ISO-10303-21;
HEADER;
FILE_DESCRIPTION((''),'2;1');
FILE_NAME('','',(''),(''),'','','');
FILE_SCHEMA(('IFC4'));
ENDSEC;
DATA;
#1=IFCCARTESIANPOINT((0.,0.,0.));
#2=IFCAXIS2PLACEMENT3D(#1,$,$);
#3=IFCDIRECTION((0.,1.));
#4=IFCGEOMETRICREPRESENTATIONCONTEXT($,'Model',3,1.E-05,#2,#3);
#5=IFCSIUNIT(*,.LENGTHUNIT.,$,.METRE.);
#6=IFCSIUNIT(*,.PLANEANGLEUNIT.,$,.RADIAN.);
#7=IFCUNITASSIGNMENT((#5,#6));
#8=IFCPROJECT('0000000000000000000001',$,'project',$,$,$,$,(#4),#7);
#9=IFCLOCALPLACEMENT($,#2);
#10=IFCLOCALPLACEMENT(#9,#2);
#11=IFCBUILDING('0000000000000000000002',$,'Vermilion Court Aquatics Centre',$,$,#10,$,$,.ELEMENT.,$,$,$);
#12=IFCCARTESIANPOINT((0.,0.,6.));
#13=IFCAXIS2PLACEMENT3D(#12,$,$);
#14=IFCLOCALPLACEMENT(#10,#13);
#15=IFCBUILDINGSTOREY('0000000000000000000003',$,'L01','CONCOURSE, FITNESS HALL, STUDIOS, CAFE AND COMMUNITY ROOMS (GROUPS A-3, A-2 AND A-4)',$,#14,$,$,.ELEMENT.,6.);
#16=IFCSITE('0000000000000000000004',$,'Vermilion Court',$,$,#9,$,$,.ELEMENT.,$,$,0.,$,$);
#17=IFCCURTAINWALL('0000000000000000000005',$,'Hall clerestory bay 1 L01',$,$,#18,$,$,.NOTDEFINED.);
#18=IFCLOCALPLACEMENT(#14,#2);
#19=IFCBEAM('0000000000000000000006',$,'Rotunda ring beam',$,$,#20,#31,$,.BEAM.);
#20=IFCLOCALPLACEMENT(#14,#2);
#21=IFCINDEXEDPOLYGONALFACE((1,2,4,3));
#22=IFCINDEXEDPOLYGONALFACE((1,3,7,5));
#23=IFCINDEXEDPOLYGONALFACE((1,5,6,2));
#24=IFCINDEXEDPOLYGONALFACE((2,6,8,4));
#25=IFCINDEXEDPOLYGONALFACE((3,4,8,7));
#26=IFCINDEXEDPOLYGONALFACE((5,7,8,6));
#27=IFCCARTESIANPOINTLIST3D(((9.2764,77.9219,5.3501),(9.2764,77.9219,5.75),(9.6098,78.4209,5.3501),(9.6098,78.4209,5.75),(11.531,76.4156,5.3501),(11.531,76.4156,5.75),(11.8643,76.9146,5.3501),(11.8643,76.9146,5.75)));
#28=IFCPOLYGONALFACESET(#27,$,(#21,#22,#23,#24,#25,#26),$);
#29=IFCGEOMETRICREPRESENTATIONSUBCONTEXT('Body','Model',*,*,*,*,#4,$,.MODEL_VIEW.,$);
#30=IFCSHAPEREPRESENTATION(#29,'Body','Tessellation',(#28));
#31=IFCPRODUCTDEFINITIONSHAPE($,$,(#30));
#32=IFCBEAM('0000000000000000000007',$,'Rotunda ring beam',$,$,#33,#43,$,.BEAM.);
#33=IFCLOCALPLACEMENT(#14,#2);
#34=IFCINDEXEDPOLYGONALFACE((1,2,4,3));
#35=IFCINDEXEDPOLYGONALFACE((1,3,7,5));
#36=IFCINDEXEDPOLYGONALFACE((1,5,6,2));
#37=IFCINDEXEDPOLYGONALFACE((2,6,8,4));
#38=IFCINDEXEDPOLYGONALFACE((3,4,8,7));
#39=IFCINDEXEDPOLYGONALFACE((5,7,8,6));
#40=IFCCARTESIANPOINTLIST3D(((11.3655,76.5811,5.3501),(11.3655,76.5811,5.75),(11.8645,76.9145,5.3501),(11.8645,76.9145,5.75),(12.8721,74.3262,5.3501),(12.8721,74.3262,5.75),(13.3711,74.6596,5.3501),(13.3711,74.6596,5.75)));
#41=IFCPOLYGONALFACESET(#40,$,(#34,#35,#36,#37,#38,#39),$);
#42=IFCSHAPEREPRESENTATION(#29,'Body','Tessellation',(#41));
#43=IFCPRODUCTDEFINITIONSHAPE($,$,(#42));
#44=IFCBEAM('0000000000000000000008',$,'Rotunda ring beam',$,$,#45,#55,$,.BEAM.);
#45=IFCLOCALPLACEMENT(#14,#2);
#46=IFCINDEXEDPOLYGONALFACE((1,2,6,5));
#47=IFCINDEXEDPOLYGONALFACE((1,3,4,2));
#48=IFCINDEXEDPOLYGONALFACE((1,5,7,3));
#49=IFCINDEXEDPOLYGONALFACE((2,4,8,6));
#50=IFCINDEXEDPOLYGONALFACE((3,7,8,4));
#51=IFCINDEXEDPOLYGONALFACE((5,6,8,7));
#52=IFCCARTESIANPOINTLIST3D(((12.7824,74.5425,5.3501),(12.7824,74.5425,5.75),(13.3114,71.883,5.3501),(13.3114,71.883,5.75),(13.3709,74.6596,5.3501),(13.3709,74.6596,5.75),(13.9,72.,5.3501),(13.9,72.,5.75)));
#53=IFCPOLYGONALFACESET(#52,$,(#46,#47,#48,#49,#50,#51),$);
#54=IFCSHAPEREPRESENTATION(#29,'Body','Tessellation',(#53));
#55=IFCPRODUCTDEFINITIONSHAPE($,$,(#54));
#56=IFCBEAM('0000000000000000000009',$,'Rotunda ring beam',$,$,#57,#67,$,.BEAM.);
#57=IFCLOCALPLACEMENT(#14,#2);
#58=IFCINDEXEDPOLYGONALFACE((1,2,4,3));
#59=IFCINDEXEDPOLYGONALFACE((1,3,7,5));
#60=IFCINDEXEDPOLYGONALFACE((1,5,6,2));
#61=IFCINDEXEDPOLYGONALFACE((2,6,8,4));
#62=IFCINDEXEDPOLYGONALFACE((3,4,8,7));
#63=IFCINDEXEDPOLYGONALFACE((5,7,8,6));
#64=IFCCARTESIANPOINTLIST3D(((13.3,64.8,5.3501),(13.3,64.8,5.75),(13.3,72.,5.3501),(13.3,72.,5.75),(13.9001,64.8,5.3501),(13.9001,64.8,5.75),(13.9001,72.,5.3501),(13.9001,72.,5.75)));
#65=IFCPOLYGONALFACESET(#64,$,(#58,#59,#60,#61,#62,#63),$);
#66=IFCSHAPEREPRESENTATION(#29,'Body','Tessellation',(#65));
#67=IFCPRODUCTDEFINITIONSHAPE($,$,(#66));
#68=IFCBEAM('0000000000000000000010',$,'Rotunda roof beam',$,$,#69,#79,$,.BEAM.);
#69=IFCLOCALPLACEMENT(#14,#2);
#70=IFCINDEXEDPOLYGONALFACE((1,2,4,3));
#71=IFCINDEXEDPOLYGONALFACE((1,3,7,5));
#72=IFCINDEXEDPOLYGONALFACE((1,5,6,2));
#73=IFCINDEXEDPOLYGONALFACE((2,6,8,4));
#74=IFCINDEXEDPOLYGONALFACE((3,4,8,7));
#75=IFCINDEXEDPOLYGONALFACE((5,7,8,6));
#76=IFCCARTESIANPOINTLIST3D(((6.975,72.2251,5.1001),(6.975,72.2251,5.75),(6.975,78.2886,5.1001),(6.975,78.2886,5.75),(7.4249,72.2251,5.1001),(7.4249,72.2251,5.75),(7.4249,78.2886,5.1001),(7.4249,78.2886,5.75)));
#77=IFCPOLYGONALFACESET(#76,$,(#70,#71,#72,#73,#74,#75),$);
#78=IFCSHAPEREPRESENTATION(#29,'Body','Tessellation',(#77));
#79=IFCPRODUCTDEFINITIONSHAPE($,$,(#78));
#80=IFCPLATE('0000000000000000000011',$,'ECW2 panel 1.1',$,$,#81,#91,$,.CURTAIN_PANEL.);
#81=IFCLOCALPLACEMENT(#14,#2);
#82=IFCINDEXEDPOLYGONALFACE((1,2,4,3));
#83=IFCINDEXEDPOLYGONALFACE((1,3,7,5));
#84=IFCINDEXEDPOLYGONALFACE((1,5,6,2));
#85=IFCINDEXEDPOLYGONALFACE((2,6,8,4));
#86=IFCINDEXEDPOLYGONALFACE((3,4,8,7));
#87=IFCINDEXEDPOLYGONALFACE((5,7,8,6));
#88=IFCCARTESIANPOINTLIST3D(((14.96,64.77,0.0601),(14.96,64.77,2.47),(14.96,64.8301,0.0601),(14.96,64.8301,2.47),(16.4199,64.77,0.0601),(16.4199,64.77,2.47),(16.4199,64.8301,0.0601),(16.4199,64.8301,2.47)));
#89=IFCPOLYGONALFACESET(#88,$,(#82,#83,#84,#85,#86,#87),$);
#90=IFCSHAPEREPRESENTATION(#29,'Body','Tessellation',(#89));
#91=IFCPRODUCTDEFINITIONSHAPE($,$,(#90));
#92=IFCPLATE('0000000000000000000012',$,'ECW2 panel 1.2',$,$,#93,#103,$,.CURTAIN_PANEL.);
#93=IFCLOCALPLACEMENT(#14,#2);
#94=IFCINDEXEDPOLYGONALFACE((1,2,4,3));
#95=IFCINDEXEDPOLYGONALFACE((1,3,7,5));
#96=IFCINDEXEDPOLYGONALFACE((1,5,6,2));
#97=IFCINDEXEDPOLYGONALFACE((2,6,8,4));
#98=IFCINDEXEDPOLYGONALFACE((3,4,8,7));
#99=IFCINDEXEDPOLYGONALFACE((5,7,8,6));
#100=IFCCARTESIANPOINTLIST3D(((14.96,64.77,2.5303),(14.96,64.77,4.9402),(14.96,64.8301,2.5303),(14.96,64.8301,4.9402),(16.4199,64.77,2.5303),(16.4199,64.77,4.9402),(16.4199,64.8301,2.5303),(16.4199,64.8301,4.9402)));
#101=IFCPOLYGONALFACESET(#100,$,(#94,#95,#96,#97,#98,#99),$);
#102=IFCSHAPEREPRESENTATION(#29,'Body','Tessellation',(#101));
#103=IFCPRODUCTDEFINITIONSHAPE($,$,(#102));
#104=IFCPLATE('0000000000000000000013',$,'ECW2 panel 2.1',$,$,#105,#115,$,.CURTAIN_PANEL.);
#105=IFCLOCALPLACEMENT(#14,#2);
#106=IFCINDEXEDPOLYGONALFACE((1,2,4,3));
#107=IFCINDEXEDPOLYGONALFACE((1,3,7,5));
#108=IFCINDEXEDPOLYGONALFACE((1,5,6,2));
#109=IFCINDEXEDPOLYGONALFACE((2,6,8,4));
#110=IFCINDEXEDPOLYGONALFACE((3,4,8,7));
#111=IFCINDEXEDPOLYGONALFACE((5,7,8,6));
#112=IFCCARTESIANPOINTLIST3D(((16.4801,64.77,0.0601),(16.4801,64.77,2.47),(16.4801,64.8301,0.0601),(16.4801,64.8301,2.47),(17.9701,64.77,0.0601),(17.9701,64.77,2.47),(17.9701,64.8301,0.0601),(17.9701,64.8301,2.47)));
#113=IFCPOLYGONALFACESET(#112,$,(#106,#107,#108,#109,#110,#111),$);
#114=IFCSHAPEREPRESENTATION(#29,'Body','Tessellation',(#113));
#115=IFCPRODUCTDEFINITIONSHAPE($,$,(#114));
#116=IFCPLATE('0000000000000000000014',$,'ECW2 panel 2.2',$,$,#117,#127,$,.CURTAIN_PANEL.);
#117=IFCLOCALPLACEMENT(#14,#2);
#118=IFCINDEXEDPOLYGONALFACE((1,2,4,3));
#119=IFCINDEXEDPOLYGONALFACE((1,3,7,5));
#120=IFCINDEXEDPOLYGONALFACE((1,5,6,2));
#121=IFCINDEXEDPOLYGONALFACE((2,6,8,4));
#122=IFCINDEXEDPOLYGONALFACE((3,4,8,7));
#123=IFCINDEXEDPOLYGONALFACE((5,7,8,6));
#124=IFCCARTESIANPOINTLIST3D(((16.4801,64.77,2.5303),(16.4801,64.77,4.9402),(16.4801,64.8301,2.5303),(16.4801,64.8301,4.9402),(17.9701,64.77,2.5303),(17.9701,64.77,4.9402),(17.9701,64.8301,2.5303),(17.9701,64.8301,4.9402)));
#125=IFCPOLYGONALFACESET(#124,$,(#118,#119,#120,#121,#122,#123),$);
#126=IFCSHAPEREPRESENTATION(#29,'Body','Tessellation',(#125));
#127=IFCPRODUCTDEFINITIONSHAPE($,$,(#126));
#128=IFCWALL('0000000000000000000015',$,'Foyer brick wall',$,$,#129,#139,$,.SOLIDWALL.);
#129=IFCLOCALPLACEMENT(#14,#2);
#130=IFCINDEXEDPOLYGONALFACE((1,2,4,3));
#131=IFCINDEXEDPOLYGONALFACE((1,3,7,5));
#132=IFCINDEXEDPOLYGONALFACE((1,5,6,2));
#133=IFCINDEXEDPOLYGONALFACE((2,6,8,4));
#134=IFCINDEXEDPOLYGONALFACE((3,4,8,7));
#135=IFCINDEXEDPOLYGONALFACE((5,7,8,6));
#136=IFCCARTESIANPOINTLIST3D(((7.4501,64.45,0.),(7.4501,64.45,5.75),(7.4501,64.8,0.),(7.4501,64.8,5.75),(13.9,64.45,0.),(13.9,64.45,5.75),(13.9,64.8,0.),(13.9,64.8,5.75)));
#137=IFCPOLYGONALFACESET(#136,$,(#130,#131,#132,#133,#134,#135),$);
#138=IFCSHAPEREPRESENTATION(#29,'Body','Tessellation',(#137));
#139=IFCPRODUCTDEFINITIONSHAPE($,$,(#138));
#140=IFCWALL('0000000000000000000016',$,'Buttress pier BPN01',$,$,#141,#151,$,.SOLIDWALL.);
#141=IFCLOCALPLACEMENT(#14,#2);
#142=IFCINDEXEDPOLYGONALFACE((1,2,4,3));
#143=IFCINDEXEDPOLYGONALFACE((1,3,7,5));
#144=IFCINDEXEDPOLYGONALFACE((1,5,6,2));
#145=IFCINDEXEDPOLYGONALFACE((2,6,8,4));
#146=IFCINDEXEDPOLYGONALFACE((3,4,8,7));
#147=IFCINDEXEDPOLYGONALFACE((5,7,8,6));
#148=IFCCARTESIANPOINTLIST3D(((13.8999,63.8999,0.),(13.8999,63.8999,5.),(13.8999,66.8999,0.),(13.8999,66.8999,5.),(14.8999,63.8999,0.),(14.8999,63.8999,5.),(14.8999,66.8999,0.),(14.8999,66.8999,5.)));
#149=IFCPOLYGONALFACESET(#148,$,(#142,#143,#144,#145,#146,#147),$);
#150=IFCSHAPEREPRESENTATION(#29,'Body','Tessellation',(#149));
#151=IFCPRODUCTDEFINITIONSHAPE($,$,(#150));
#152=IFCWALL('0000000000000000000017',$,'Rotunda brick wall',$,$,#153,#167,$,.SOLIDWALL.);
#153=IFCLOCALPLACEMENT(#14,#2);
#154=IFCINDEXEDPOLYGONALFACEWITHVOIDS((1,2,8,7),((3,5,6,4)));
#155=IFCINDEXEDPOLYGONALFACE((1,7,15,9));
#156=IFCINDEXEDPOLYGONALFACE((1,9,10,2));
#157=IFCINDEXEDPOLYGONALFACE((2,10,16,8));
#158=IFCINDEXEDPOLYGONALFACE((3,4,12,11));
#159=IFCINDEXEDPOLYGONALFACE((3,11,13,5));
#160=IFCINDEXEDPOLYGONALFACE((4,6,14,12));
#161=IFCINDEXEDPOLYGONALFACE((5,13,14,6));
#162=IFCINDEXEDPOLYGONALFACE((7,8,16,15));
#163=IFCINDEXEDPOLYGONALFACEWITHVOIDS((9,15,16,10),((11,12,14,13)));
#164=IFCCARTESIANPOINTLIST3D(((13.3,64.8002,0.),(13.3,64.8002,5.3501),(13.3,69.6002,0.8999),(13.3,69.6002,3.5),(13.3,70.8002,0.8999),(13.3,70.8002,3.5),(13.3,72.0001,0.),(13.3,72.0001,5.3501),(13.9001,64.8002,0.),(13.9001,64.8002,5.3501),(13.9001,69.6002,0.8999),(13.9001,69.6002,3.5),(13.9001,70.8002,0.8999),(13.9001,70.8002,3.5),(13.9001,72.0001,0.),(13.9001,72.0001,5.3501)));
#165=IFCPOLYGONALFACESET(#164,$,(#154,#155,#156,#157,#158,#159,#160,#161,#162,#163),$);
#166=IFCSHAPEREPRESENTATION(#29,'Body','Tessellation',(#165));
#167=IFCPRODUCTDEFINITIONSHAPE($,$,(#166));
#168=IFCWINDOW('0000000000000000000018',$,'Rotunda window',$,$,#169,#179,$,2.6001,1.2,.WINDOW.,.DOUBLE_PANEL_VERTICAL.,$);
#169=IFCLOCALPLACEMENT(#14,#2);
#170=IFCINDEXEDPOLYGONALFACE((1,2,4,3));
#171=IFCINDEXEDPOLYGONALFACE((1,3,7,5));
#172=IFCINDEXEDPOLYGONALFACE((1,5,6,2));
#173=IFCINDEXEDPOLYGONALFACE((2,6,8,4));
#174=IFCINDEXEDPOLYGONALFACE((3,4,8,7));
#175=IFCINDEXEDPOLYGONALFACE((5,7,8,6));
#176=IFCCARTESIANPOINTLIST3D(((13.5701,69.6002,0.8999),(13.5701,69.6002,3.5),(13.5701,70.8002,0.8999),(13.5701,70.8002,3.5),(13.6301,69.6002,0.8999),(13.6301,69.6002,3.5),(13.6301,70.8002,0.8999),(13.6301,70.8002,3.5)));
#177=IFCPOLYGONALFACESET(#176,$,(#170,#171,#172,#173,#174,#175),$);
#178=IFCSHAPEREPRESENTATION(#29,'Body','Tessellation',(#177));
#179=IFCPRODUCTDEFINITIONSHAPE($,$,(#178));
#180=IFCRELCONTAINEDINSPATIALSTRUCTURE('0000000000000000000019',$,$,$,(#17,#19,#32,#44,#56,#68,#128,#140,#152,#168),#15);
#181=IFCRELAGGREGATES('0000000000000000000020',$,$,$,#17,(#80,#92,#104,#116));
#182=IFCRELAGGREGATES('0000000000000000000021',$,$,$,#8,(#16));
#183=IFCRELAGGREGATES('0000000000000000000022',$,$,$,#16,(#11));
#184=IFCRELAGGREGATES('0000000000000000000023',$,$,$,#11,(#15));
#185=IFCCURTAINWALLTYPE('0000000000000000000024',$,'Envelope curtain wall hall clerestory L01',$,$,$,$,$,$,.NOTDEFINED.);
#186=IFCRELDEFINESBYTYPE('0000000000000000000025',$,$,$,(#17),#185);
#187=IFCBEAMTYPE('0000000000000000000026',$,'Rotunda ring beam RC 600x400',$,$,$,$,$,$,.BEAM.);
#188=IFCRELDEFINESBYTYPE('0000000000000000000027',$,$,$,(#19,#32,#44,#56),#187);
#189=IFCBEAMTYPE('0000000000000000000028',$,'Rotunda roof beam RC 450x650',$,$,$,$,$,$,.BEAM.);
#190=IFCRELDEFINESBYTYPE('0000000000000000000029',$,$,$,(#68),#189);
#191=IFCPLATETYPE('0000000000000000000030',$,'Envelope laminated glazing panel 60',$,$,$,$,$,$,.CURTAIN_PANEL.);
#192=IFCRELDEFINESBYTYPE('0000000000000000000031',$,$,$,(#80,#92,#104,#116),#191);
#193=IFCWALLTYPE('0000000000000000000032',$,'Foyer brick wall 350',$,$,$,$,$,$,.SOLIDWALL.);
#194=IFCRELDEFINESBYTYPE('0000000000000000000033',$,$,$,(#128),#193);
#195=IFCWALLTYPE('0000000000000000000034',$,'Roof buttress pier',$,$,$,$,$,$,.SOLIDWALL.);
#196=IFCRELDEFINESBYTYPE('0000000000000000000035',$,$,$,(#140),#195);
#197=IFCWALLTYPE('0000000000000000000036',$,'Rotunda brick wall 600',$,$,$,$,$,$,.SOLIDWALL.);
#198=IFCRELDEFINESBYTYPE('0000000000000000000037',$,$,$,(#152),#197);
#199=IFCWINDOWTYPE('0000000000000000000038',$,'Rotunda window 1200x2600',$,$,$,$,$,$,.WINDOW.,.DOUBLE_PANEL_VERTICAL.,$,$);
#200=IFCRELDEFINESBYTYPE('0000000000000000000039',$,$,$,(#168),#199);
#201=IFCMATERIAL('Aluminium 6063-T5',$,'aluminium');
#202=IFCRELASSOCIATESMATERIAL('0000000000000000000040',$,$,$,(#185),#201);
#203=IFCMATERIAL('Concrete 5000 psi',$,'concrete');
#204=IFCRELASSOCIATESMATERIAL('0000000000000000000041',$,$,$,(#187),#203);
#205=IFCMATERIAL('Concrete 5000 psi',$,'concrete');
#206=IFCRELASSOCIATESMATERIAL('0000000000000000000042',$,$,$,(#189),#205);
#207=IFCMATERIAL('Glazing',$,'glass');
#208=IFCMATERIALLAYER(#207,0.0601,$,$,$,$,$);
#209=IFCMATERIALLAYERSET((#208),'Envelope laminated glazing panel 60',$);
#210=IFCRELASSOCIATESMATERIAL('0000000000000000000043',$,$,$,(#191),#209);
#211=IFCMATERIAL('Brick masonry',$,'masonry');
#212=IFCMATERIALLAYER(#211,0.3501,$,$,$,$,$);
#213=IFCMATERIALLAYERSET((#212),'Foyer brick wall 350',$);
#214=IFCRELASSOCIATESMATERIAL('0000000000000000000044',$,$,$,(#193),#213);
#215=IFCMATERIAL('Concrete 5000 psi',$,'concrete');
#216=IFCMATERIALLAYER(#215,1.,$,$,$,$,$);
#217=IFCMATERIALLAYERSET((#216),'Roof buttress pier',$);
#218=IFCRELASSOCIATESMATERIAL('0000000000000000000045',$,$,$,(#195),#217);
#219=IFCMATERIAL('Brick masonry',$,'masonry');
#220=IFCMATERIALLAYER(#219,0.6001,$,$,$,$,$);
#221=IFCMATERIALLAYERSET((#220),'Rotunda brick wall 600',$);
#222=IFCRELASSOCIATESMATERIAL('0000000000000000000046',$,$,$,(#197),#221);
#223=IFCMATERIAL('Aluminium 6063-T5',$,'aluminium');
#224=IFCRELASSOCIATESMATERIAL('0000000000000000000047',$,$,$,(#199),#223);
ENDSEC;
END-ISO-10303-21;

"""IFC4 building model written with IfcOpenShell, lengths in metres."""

from ifc_helpers import new_model, si_unit, direction, frame, frame_2d, origin, origin_2d, place, context, subcontext, project, spatial, rectangle, extrude, material, layer, layer_set, material_profile, profile_set, type_object, element, fill, aggregate, save


model = new_model("IFC4")

# Units and contexts
model_context = context("Model", 3, precision=1e-05, world=origin(), true_north=direction((0.0, 1.0)))
body_context = subcontext(model_context, "Body", "Model", "MODEL_VIEW")
ifc_project = project(units=[si_unit("LENGTHUNIT", "METRE"), si_unit("PLANEANGLEUNIT", "RADIAN")], contexts=[model_context])

# Site, building, storey
site_placement = place(None, origin())
site = spatial("IfcSite", under=ifc_project, at=site_placement, Name="Vermilion Court", CompositionType="ELEMENT", RefElevation=0.0)
building_placement = place(site_placement, origin())
building = spatial("IfcBuilding", under=site, at=building_placement, Name="Vermilion Court Aquatics Centre", CompositionType="ELEMENT")
storey_placement = place(building_placement, frame((0.0, 0.0, 6.0)))
storey = spatial("IfcBuildingStorey", under=building, at=storey_placement, Name="L01", Description="CONCOURSE, FITNESS HALL, STUDIOS, CAFE AND COMMUNITY ROOMS (GROUPS A-3, A-2 AND A-4)", CompositionType="ELEMENT", Elevation=6.0)

# Curtain wall
ifc_material_1 = material(Name="Aluminium 6063-T5", Category="aluminium")
curtain_wall_type = type_object("IfcCurtainWallType", Name="Envelope curtain wall hall clerestory L01", PredefinedType="NOTDEFINED", material=ifc_material_1)
curtain_wall_placement = place(storey_placement, origin())
curtain_wall = element("IfcCurtainWall", 1, at=curtain_wall_placement, inside=storey, type_object=curtain_wall_type, Name="Hall clerestory bay 1 L01", PredefinedType="NOTDEFINED")

# Beams
ifc_material_2 = material(Name="Concrete 5000 psi", Category="concrete")
ifc_material_profile_1 = material_profile(ifc_material_2, rectangle(XDim=0.6001, YDim=0.3999, at=origin_2d()), Name="RC 600x400")
ifc_profile_set_1 = profile_set([ifc_material_profile_1], Name="Concrete 5000 psi")
beam_type_1 = type_object("IfcBeamType", Name="Rotunda ring beam RC 600x400", PredefinedType="BEAM", material=ifc_profile_set_1)
beam_1_placement = place(storey_placement, frame((9.4431, 78.1714, 5.55), z_axis=(0.831496, -0.555531, 0.0), x_axis=(0.555531, 0.831496, 0.0)))
element("IfcBeam", 2, at=beam_1_placement, inside=storey, type_object=beam_type_1, Name="Rotunda ring beam", PredefinedType="BEAM", context=body_context, shape_type="SweptSolid", body=[
    extrude(rectangle(XDim=0.6001, YDim=0.3999, at=origin_2d()), origin(), (0.0, 0.0, 1.0), 2.7114),
])
beam_2_placement = place(storey_placement, frame((11.615, 76.7478, 5.55), z_axis=(0.555552, -0.831482, 0.0), x_axis=(0.831482, 0.555552, 0.0)))
element("IfcBeam", 3, at=beam_2_placement, inside=storey, type_object=beam_type_1, Name="Rotunda ring beam", PredefinedType="BEAM", context=body_context, shape_type="SweptSolid", body=[
    extrude(rectangle(XDim=0.6001, YDim=0.3999, at=origin_2d()), origin(), (0.0, 0.0, 1.0), 2.7119),
])
beam_3_placement = place(storey_placement, frame((13.0767, 74.6011, 5.55), z_axis=(0.195095, -0.980784, 0.0), x_axis=(0.980784, 0.195095, 0.0)))
element("IfcBeam", 4, at=beam_3_placement, inside=storey, type_object=beam_type_1, Name="Rotunda ring beam", PredefinedType="BEAM", context=body_context, shape_type="SweptSolid", body=[
    extrude(rectangle(XDim=0.6001, YDim=0.3999, at=origin_2d()), origin(), (0.0, 0.0, 1.0), 2.7117),
])
beam_4_placement = place(storey_placement, frame((13.6001, 64.8, 5.55), z_axis=(0.0, 1.0, 0.0), x_axis=(-1.0, 0.0, 0.0)))
element("IfcBeam", 5, at=beam_4_placement, inside=storey, type_object=beam_type_1, Name="Rotunda ring beam", PredefinedType="BEAM", context=body_context, shape_type="SweptSolid", body=[
    extrude(rectangle(XDim=0.6001, YDim=0.3999, at=origin_2d()), origin(), (0.0, 0.0, 1.0), 7.2),
])
ifc_material_3 = material(Name="Concrete 5000 psi", Category="concrete")
ifc_material_profile_2 = material_profile(ifc_material_3, rectangle(XDim=0.45, YDim=0.6499, at=origin_2d()), Name="RC 450x650")
ifc_profile_set_2 = profile_set([ifc_material_profile_2], Name="Concrete 5000 psi")
beam_type_2 = type_object("IfcBeamType", Name="Rotunda roof beam RC 450x650", PredefinedType="BEAM", material=ifc_profile_set_2)
beam_5_placement = place(storey_placement, frame((7.2, 72.2251, 5.425), z_axis=(0.0, 1.0, 0.0), x_axis=(-1.0, 0.0, 0.0)))
element("IfcBeam", 6, at=beam_5_placement, inside=storey, type_object=beam_type_2, Name="Rotunda roof beam", PredefinedType="BEAM", context=body_context, shape_type="SweptSolid", body=[
    extrude(rectangle(XDim=0.45, YDim=0.6499, at=origin_2d()), origin(), (0.0, 0.0, 1.0), 6.0635),
])

# Plates
ifc_material_4 = material(Name="Glazing", Category="glass")
ifc_layer_1 = layer(ifc_material_4, 0.0601)
ifc_layer_set_1 = layer_set([ifc_layer_1], Name="Envelope laminated glazing panel 60")
plate_type = type_object("IfcPlateType", Name="Envelope laminated glazing panel 60", PredefinedType="CURTAIN_PANEL", material=ifc_layer_set_1)
plate_1_placement = place(storey_placement, frame((15.6899, 64.8, 0.0601), z_axis=(0.0, 0.0, 1.0), x_axis=(1.0, 0.0, 0.0)))
plate_1 = element("IfcPlate", 7, at=plate_1_placement, type_object=plate_type, Name="ECW2 panel 1.1", PredefinedType="CURTAIN_PANEL", context=body_context, shape_type="SweptSolid", body=[
    extrude(rectangle(XDim=1.46, YDim=0.0601, at=origin_2d()), origin(), (0.0, 0.0, 1.0), 2.4099),
])
plate_2_placement = place(storey_placement, frame((15.6899, 64.8, 2.5303), z_axis=(0.0, 0.0, 1.0), x_axis=(1.0, 0.0, 0.0)))
plate_2 = element("IfcPlate", 8, at=plate_2_placement, type_object=plate_type, Name="ECW2 panel 1.2", PredefinedType="CURTAIN_PANEL", context=body_context, shape_type="SweptSolid", body=[
    extrude(rectangle(XDim=1.46, YDim=0.0601, at=origin_2d()), origin(), (0.0, 0.0, 1.0), 2.4099),
])
plate_3_placement = place(storey_placement, frame((17.2251, 64.8, 0.0601), z_axis=(0.0, 0.0, 1.0), x_axis=(1.0, 0.0, 0.0)))
plate_3 = element("IfcPlate", 9, at=plate_3_placement, type_object=plate_type, Name="ECW2 panel 2.1", PredefinedType="CURTAIN_PANEL", context=body_context, shape_type="SweptSolid", body=[
    extrude(rectangle(XDim=1.49, YDim=0.0601, at=origin_2d()), origin(), (0.0, 0.0, 1.0), 2.4099),
])
plate_4_placement = place(storey_placement, frame((17.2251, 64.8, 2.5303), z_axis=(0.0, 0.0, 1.0), x_axis=(1.0, 0.0, 0.0)))
plate_4 = element("IfcPlate", 10, at=plate_4_placement, type_object=plate_type, Name="ECW2 panel 2.2", PredefinedType="CURTAIN_PANEL", context=body_context, shape_type="SweptSolid", body=[
    extrude(rectangle(XDim=1.49, YDim=0.0601, at=origin_2d()), origin(), (0.0, 0.0, 1.0), 2.4099),
])
aggregate(curtain_wall, [plate_1, plate_2, plate_3, plate_4])

# Walls
ifc_material_5 = material(Name="Brick masonry", Category="masonry")
ifc_layer_2 = layer(ifc_material_5, 0.3501)
ifc_layer_set_2 = layer_set([ifc_layer_2], Name="Foyer brick wall 350")
wall_type_1 = type_object("IfcWallType", Name="Foyer brick wall 350", PredefinedType="SOLIDWALL", material=ifc_layer_set_2)
wall_1_placement = place(storey_placement, frame((7.45, 64.625, 0.0), z_axis=(0.0, 0.0, 1.0), x_axis=(1.0, 0.0, 0.0)))
element("IfcWall", 11, at=wall_1_placement, inside=storey, type_object=wall_type_1, Name="Foyer brick wall", PredefinedType="SOLIDWALL", context=body_context, shape_type="SweptSolid", body=[
    extrude(rectangle(XDim=6.45, YDim=0.3501, at=frame_2d((3.2251, 0.0))), origin(), (0.0, 0.0, 1.0), 5.75),
])
ifc_material_6 = material(Name="Concrete 5000 psi", Category="concrete")
ifc_layer_3 = layer(ifc_material_6, 1.0)
ifc_layer_set_3 = layer_set([ifc_layer_3], Name="Roof buttress pier")
wall_type_2 = type_object("IfcWallType", Name="Roof buttress pier", PredefinedType="SOLIDWALL", material=ifc_layer_set_3)
wall_2_placement = place(storey_placement, frame((14.3999, 63.8999, 0.0), z_axis=(0.0, 0.0, 1.0), x_axis=(0.0, 1.0, 0.0)))
element("IfcWall", 12, at=wall_2_placement, inside=storey, type_object=wall_type_2, Name="Buttress pier BPN01", PredefinedType="SOLIDWALL", context=body_context, shape_type="SweptSolid", body=[
    extrude(rectangle(XDim=3.0, YDim=1.0, at=frame_2d((1.5, 0.0))), origin(), (0.0, 0.0, 1.0), 5.0),
])

# Wall, opening, window
ifc_material_7 = material(Name="Brick masonry", Category="masonry")
ifc_layer_4 = layer(ifc_material_7, 0.6001)
ifc_layer_set_4 = layer_set([ifc_layer_4], Name="Rotunda brick wall 600")
wall_type_3 = type_object("IfcWallType", Name="Rotunda brick wall 600", PredefinedType="SOLIDWALL", material=ifc_layer_set_4)
wall_3_placement = place(storey_placement, frame((13.6001, 64.8, 0.0), z_axis=(0.0, 0.0, 1.0), x_axis=(0.0, 1.0, 0.0)))
wall_3 = element("IfcWall", 13, at=wall_3_placement, inside=storey, type_object=wall_type_3, Name="Rotunda brick wall", PredefinedType="SOLIDWALL", context=body_context, shape_type="SweptSolid", body=[
    extrude(rectangle(XDim=7.2, YDim=0.6001, at=frame_2d((3.6001, 0.0))), origin(), (0.0, 0.0, 1.0), 5.3501),
])
opening_placement = place(wall_3_placement, frame((4.8, 0.0, 0.8999)))
opening = element("IfcOpeningElement", 14, at=opening_placement, cuts=wall_3, PredefinedType="OPENING", context=body_context, shape_type="SweptSolid", body=[
    extrude(rectangle(XDim=1.2, YDim=2.6001, at=frame_2d((0.6001, 1.3))), frame((0.0, 0.3101, 0.0), z_axis=(0.0, -1.0, 0.0), x_axis=(1.0, 0.0, 0.0)), (0.0, 0.0, 1.0), 0.6201),
])
ifc_material_8 = material(Name="Aluminium 6063-T5", Category="aluminium")
window_type = type_object("IfcWindowType", Name="Rotunda window 1200x2600", PartitioningType="DOUBLE_PANEL_VERTICAL", PredefinedType="WINDOW", material=ifc_material_8)
window_placement = place(opening_placement, origin())
window = element("IfcWindow", 15, at=window_placement, inside=storey, type_object=window_type, Name="Rotunda window", OverallHeight=2.6001, OverallWidth=1.2, PartitioningType="DOUBLE_PANEL_VERTICAL", PredefinedType="WINDOW", context=body_context, shape_type="SweptSolid", body=[
    extrude(rectangle(XDim=1.2, YDim=2.6001, at=frame_2d((0.6001, 1.3))), frame((0.0, 0.03, 0.0), z_axis=(0.0, -1.0, 0.0), x_axis=(1.0, 0.0, 0.0)), (0.0, 0.0, 1.0), 0.0601),
])
fill(opening, window)

save(model, "model.ifc")
